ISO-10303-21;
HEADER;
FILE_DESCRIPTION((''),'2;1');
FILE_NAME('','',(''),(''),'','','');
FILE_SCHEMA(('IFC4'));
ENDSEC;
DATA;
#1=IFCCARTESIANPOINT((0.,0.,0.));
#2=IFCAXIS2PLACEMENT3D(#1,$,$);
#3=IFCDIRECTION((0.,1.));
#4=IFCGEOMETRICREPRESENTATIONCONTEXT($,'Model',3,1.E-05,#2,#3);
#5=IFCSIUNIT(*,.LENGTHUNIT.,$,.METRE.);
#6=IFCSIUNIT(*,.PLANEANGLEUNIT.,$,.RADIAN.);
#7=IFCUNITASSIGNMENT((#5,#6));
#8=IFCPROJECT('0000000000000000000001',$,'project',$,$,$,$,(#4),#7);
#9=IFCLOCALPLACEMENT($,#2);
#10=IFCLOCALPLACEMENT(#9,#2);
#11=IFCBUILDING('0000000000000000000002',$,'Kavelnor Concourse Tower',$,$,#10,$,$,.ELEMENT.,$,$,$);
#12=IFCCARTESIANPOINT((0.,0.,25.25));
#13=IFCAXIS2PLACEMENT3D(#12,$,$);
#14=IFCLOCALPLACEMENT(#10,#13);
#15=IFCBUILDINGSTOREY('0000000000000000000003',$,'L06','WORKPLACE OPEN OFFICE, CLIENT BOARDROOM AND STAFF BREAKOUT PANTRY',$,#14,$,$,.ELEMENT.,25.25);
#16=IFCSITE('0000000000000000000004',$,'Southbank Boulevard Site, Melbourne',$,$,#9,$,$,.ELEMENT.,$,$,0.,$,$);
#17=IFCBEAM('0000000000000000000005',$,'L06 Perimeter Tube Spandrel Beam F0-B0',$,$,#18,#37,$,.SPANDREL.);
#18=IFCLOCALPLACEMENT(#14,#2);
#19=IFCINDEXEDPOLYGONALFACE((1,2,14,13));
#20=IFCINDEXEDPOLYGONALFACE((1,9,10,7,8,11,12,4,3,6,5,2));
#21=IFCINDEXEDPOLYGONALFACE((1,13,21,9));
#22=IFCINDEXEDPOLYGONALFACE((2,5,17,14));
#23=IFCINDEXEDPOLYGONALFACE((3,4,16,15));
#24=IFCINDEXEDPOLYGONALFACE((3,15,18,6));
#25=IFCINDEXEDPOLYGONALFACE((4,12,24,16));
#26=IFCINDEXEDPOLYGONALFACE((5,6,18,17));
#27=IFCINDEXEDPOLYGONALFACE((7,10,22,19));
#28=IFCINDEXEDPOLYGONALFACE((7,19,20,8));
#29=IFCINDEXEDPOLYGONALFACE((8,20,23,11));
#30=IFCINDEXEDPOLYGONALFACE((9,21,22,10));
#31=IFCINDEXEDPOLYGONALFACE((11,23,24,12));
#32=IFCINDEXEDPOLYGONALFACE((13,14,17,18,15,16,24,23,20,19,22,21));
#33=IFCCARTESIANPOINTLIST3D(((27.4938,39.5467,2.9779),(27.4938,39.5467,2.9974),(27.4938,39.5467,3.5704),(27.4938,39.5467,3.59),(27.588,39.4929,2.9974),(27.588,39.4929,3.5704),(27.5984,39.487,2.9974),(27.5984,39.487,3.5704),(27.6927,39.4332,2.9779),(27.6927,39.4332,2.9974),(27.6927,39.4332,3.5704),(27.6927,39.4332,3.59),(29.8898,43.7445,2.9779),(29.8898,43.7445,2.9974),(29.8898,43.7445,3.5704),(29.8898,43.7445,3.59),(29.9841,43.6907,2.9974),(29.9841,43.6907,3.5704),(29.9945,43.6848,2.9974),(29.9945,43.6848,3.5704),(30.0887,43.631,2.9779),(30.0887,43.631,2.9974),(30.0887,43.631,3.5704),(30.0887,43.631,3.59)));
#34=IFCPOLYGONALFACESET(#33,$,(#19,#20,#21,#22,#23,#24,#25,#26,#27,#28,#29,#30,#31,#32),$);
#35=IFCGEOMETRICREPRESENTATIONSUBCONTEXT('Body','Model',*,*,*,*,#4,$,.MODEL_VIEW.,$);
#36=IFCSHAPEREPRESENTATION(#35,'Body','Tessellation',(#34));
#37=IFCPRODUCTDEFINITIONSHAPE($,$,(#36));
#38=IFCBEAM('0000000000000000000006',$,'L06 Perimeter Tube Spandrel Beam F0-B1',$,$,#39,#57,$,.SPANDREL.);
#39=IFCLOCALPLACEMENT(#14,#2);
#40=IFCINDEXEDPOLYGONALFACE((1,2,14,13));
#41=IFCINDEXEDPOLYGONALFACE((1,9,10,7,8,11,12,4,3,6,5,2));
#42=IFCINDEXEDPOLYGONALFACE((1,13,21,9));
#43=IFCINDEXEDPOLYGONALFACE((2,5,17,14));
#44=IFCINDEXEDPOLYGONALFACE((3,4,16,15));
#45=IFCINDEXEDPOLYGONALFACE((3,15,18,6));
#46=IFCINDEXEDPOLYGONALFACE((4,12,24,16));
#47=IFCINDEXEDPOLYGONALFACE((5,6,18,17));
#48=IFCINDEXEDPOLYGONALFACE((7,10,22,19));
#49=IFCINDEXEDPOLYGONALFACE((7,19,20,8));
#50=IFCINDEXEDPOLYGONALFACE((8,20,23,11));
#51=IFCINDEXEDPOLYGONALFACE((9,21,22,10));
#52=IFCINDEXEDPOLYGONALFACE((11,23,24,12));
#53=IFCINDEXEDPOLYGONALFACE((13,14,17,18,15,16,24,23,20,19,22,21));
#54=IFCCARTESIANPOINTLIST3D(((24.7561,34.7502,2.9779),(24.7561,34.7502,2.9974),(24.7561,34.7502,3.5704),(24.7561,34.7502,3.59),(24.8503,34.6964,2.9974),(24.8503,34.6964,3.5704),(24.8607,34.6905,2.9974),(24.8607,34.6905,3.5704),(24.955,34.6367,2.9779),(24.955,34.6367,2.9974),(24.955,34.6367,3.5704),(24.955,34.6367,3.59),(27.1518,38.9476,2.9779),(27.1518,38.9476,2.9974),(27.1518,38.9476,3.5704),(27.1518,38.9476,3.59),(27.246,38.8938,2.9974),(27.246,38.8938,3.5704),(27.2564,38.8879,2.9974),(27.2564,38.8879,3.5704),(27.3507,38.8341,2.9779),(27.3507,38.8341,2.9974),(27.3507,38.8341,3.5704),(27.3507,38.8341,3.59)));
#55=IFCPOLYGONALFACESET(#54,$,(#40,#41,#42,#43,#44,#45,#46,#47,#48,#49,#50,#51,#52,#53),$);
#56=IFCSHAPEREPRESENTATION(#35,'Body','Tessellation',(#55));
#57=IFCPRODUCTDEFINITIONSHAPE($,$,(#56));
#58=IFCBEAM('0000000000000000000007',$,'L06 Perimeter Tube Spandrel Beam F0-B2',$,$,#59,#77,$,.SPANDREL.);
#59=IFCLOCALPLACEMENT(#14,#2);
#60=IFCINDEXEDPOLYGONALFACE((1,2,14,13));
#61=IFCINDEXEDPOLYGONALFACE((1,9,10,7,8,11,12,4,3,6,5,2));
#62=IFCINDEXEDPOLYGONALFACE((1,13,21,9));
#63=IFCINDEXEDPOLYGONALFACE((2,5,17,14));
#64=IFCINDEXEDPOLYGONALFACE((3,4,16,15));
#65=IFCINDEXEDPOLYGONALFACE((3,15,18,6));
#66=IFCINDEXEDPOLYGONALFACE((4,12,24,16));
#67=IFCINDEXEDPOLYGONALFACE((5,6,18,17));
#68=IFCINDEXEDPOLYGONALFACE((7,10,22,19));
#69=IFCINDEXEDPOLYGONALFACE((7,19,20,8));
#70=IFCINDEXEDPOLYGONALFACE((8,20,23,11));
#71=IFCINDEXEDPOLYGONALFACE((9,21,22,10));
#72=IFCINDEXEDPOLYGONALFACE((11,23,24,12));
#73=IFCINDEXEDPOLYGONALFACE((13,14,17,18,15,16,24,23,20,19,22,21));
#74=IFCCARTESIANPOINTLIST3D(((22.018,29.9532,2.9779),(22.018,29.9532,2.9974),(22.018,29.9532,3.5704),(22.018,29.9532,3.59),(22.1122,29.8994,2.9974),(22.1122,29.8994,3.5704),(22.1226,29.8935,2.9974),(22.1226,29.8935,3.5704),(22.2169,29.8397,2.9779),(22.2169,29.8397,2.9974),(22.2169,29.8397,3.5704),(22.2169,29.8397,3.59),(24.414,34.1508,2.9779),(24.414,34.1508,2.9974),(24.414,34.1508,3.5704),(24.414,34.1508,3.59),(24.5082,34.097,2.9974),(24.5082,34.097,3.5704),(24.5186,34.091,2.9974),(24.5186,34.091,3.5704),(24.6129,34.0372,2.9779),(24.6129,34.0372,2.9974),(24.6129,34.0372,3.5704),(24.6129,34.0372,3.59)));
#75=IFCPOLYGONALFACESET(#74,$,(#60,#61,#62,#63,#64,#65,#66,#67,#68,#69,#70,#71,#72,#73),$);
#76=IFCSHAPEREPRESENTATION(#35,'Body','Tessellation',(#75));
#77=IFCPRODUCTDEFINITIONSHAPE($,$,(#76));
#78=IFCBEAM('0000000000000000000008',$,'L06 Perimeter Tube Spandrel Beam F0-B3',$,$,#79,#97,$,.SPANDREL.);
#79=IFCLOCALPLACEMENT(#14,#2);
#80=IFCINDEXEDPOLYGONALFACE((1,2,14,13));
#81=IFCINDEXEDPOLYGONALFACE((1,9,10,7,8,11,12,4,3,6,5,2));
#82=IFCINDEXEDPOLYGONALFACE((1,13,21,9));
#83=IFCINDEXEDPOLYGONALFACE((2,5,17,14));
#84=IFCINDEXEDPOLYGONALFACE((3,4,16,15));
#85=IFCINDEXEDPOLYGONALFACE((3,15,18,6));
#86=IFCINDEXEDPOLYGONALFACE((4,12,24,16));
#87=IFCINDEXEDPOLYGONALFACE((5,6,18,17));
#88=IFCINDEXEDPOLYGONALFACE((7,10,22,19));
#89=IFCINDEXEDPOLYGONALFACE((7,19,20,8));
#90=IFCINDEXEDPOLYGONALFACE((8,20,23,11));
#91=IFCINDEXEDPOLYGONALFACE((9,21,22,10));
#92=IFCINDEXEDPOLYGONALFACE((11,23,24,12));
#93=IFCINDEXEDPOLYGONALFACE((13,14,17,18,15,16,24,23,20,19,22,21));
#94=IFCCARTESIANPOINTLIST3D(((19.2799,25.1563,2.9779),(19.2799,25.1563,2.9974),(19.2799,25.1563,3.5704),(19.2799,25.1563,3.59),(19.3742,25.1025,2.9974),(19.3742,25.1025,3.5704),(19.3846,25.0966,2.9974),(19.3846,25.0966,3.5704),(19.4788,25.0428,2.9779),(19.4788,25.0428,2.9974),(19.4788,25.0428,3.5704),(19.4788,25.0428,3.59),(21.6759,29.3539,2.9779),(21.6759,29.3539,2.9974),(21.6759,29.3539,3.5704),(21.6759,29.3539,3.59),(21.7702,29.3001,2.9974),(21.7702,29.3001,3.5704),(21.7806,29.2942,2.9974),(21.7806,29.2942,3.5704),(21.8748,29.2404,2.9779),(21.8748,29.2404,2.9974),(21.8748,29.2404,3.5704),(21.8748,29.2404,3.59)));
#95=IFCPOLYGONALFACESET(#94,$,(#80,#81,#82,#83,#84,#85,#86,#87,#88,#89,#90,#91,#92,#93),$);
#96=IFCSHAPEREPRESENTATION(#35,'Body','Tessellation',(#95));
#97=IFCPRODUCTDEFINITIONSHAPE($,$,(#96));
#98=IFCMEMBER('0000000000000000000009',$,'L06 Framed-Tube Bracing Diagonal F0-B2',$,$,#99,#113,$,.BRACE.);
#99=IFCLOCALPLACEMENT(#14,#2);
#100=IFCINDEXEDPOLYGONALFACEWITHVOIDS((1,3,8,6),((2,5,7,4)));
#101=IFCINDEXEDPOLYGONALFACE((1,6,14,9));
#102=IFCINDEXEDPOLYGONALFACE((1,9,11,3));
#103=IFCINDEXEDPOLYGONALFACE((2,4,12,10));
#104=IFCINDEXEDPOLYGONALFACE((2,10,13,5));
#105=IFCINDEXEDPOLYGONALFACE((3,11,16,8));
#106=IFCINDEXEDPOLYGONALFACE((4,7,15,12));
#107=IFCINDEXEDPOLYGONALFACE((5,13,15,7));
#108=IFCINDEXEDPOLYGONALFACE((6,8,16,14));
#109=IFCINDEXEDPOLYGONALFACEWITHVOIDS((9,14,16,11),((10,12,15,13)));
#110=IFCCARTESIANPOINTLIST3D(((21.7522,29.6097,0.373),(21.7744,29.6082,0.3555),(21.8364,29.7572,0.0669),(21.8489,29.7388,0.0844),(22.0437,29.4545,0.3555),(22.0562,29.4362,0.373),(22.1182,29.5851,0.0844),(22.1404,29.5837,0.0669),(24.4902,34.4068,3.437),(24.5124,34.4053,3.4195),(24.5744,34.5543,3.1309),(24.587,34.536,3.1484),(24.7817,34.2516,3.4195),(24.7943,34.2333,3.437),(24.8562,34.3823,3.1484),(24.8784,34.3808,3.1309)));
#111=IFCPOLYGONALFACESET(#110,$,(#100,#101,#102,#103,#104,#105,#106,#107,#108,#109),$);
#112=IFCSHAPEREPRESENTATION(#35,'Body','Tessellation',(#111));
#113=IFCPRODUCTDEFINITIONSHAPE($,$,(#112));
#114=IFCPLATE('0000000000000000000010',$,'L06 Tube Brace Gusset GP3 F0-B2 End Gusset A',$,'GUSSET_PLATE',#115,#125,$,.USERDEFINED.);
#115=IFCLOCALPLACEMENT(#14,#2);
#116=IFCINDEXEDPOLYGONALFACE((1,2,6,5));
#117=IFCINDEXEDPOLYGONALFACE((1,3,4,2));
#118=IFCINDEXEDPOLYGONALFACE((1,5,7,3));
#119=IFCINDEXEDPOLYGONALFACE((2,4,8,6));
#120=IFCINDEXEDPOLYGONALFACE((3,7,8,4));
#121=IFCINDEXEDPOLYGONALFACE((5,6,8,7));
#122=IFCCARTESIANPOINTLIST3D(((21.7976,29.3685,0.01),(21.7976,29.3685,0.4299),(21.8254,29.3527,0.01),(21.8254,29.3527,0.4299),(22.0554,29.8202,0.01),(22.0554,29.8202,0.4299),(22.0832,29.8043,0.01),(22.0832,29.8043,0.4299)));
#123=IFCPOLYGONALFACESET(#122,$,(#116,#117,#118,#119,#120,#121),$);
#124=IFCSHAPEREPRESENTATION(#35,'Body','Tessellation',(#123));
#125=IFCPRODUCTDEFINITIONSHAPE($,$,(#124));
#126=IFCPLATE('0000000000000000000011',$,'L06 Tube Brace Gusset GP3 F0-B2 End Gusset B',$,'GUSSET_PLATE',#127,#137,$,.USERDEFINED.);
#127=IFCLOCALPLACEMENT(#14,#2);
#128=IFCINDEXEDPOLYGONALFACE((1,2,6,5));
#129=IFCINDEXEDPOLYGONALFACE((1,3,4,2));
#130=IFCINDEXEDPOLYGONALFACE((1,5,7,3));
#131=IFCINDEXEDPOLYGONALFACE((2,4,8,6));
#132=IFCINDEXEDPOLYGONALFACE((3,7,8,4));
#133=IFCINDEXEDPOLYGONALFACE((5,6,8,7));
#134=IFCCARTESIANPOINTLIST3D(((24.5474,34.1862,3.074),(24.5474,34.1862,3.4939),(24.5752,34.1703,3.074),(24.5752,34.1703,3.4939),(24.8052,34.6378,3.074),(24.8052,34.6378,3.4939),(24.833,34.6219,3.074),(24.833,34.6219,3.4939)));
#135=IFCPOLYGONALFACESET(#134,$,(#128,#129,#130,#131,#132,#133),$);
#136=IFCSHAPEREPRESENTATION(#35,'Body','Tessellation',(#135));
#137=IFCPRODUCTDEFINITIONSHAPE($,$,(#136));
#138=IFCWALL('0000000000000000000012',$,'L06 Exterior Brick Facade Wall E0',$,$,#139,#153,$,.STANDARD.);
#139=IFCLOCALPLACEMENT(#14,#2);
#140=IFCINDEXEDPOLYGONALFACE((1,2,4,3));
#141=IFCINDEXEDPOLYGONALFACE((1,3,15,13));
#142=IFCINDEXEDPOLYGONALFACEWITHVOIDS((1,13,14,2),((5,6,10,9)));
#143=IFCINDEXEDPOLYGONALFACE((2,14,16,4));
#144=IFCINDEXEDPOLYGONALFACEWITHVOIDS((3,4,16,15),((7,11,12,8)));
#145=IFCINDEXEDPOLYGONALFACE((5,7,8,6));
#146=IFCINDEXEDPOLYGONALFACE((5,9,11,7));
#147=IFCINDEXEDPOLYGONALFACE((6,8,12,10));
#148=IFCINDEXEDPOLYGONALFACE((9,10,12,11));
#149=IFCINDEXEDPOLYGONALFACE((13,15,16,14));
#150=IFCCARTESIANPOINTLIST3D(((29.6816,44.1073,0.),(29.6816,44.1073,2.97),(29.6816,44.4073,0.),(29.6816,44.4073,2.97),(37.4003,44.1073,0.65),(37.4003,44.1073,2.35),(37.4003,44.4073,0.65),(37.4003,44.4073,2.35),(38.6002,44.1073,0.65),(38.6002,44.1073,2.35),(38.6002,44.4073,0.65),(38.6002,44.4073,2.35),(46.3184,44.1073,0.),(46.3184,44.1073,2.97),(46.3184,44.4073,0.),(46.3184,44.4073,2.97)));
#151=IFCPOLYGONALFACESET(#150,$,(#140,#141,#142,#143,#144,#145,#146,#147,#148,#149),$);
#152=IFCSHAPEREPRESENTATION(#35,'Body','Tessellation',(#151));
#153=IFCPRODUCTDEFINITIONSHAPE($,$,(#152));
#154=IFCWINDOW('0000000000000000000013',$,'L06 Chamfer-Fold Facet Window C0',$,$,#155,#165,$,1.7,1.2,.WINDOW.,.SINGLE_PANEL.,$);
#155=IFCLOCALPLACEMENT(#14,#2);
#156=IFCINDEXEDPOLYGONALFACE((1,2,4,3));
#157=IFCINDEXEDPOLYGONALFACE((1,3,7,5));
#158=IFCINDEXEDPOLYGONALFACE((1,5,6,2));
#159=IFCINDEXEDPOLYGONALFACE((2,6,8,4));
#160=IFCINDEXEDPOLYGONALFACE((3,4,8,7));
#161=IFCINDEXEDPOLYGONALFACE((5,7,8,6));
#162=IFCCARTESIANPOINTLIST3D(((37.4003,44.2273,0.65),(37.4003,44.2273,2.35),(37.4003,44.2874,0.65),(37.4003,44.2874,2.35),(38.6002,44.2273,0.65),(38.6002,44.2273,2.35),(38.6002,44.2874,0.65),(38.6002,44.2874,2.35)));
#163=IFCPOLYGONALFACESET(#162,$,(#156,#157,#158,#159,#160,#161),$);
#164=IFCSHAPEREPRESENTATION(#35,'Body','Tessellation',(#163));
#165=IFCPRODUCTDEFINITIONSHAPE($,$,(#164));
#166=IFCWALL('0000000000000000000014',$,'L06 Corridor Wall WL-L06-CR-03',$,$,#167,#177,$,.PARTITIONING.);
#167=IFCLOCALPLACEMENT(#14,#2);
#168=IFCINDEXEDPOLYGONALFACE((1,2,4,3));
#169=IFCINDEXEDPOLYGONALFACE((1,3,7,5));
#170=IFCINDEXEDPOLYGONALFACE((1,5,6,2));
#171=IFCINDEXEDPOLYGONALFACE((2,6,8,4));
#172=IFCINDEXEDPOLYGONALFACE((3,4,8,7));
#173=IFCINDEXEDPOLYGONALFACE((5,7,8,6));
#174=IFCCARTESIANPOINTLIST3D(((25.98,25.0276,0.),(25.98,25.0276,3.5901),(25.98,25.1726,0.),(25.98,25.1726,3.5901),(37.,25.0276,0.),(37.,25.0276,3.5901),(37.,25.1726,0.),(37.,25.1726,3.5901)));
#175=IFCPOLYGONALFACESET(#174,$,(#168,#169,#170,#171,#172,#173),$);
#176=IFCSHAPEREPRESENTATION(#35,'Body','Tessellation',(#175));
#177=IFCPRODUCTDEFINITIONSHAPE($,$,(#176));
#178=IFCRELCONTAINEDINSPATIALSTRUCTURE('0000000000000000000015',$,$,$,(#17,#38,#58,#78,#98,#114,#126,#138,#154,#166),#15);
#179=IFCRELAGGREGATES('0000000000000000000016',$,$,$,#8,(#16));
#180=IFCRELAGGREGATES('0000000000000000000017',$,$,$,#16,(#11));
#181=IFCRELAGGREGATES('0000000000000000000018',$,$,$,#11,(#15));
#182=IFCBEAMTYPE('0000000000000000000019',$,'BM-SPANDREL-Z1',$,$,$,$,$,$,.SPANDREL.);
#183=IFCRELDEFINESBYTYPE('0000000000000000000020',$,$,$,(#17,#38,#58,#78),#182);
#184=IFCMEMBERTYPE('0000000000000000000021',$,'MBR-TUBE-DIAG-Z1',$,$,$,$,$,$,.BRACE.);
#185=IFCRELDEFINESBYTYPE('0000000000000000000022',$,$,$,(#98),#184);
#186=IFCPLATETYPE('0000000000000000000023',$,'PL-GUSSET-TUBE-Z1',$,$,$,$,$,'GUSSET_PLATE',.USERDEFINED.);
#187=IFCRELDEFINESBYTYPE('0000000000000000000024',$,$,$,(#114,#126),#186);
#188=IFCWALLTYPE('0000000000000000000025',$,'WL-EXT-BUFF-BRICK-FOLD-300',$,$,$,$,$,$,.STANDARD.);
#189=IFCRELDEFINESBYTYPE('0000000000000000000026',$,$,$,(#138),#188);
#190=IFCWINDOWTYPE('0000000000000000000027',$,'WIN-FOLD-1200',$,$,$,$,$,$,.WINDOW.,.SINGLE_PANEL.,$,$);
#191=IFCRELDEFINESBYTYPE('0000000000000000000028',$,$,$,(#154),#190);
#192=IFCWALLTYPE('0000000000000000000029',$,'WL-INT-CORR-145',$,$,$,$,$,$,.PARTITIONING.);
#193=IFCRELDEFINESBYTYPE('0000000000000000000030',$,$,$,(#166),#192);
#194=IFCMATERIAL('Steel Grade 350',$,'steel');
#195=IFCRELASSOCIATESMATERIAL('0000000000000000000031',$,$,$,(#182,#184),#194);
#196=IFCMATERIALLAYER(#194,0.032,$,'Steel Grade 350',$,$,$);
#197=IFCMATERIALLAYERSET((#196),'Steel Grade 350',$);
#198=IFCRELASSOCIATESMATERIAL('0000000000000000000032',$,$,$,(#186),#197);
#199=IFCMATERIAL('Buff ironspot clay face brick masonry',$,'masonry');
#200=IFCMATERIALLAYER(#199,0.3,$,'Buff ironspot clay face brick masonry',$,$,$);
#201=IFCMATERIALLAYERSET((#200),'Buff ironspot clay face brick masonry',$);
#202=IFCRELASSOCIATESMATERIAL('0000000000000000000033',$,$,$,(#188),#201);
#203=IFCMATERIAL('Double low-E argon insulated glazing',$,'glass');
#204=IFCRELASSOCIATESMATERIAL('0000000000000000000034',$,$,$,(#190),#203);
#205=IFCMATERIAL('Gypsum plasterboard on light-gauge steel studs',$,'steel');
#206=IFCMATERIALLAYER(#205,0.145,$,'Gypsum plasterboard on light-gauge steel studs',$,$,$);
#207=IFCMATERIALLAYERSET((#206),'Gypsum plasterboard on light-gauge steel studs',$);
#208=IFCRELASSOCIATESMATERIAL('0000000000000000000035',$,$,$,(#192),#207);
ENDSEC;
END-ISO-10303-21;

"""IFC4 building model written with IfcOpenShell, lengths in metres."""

from ifc_helpers import new_model, si_unit, direction, frame, frame_2d, origin, origin_2d, place, context, subcontext, project, spatial, rectangle, hollow_rectangle, i_section, extrude, material, layer, layer_set, material_profile, profile_set, type_object, element, fill, save


model = new_model("IFC4")

# Units and contexts
model_context = context("Model", 3, precision=1e-05, world=origin(), true_north=direction((0.0, 1.0)))
body_context = subcontext(model_context, "Body", "Model", "MODEL_VIEW")
ifc_project = project(units=[si_unit("LENGTHUNIT", "METRE"), si_unit("PLANEANGLEUNIT", "RADIAN")], contexts=[model_context])

# Site, building, storey
site_placement = place(None, origin())
site = spatial("IfcSite", under=ifc_project, at=site_placement, Name="Southbank Boulevard Site, Melbourne", CompositionType="ELEMENT", RefElevation=0.0)
building_placement = place(site_placement, origin())
building = spatial("IfcBuilding", under=site, at=building_placement, Name="Kavelnor Concourse Tower", CompositionType="ELEMENT")
storey_placement = place(building_placement, frame((0.0, 0.0, 25.25)))
storey = spatial("IfcBuildingStorey", under=building, at=storey_placement, Name="L06", Description="WORKPLACE OPEN OFFICE, CLIENT BOARDROOM AND STAFF BREAKOUT PANTRY", CompositionType="ELEMENT", Elevation=25.25)

# Shared definitions
ifc_material_1 = material(Name="Steel Grade 350", Category="steel")

# Beams
ifc_material_profile_1 = material_profile(ifc_material_1, i_section(OverallWidth=0.229, OverallDepth=0.6121, WebThickness=0.012, FlangeThickness=0.0195, at=origin_2d()), Name="610UB125")
ifc_profile_set_1 = profile_set([ifc_material_profile_1], Name="Steel Grade 350")
beam_type_1 = type_object("IfcBeamType", Name="BM-SPANDREL-Z1", PredefinedType="SPANDREL", material=ifc_profile_set_1)
beam_1_placement = place(storey_placement, frame((29.9893, 43.6877, 3.2839), z_axis=(-0.495715, -0.868485, 0.0), x_axis=(0.868485, -0.495715, 0.0)))
element("IfcBeam", 1, at=beam_1_placement, inside=storey, type_object=beam_type_1, Name="L06 Perimeter Tube Spandrel Beam F0-B0", PredefinedType="SPANDREL", context=body_context, shape_type="SweptSolid", body=[
    extrude(i_section(OverallWidth=0.229, OverallDepth=0.6121, WebThickness=0.012, FlangeThickness=0.0195, at=origin_2d()), origin(), (0.0, 0.0, 1.0), 4.8335),
])
beam_2_placement = place(storey_placement, frame((27.2512, 38.8909, 3.2839), z_axis=(-0.495698, -0.868495, 0.0), x_axis=(0.868495, -0.495698, 0.0)))
element("IfcBeam", 2, at=beam_2_placement, inside=storey, type_object=beam_type_1, Name="L06 Perimeter Tube Spandrel Beam F0-B1", PredefinedType="SPANDREL", context=body_context, shape_type="SweptSolid", body=[
    extrude(i_section(OverallWidth=0.229, OverallDepth=0.6121, WebThickness=0.012, FlangeThickness=0.0195, at=origin_2d()), origin(), (0.0, 0.0, 1.0), 4.833),
])
for number, where, z_axis, x_axis, name in (
    (3, (24.5134, 34.094, 3.2839), (-0.495736, -0.868473, 0.0), (0.868473, -0.495736, 0.0), "L06 Perimeter Tube Spandrel Beam F0-B2"),
    (4, (21.7754, 29.2971, 3.2839), (-0.495736, -0.868473, 0.0), (0.868473, -0.495736, 0.0), "L06 Perimeter Tube Spandrel Beam F0-B3"),
):
    element("IfcBeam", number, at=place(storey_placement, frame(where, z_axis=z_axis, x_axis=x_axis)), inside=storey, type_object=beam_type_1, Name=name, PredefinedType="SPANDREL", context=body_context, shape_type="SweptSolid", body=[
        extrude(i_section(OverallWidth=0.229, OverallDepth=0.6121, WebThickness=0.012, FlangeThickness=0.0195, at=origin_2d()), origin(), (0.0, 0.0, 1.0), 4.8333),
    ])

# Member
ifc_material_profile_2 = material_profile(ifc_material_1, hollow_rectangle(XDim=0.3501, YDim=0.3501, WallThickness=0.02, at=origin_2d()), Name="SHS 350x350x20")
ifc_profile_set_2 = profile_set([ifc_material_profile_2], Name="Steel Grade 350")
member_type = type_object("IfcMemberType", Name="MBR-TUBE-DIAG-Z1", PredefinedType="BRACE", material=ifc_profile_set_2)
member_placement = place(storey_placement, frame((21.9463, 29.5967, 0.22), z_axis=(0.43348, 0.759469, 0.48508), x_axis=(-0.868491, 0.495706, 0.0)))
element("IfcMember", 5, at=member_placement, inside=storey, type_object=member_type, Name="L06 Framed-Tube Bracing Diagonal F0-B2", PredefinedType="BRACE", context=body_context, shape_type="SweptSolid", body=[
    extrude(hollow_rectangle(XDim=0.3501, YDim=0.3501, WallThickness=0.02, at=origin_2d()), origin(), (0.0, 0.0, 1.0), 6.3164),
])

# Plates
ifc_layer_1 = layer(ifc_material_1, 0.032, Name="Steel Grade 350")
ifc_layer_set_1 = layer_set([ifc_layer_1], Name="Steel Grade 350")
plate_type = type_object("IfcPlateType", Name="PL-GUSSET-TUBE-Z1", ElementType="GUSSET_PLATE", PredefinedType="USERDEFINED", material=ifc_layer_set_1)
for number, where, z_axis, x_axis, name in (
    (6, (21.9404, 29.5864, 0.01), (0.0, 0.0, 1.0), (0.495762, 0.868459, 0.0), "L06 Tube Brace Gusset GP3 F0-B2 End Gusset A"),
    (7, (24.6902, 34.4041, 3.074), (0.0, 0.0, 1.0), (0.495762, 0.868459, 0.0), "L06 Tube Brace Gusset GP3 F0-B2 End Gusset B"),
):
    element("IfcPlate", number, at=place(storey_placement, frame(where, z_axis=z_axis, x_axis=x_axis)), inside=storey, type_object=plate_type, Name=name, ObjectType="GUSSET_PLATE", PredefinedType="USERDEFINED", context=body_context, shape_type="SweptSolid", body=[
        extrude(rectangle(XDim=0.52, YDim=0.032, at=origin_2d()), origin(), (0.0, 0.0, 1.0), 0.4199),
    ])

# Wall, opening, window
ifc_material_2 = material(Name="Buff ironspot clay face brick masonry", Category="masonry")
ifc_layer_2 = layer(ifc_material_2, 0.3, Name="Buff ironspot clay face brick masonry")
ifc_layer_set_2 = layer_set([ifc_layer_2], Name="Buff ironspot clay face brick masonry")
wall_type_1 = type_object("IfcWallType", Name="WL-EXT-BUFF-BRICK-FOLD-300", PredefinedType="STANDARD", material=ifc_layer_set_2)
wall_1_placement = place(storey_placement, frame((29.6816, 44.2573, 0.0), z_axis=(0.0, 0.0, 1.0), x_axis=(1.0, 0.0, 0.0)))
wall_1 = element("IfcWall", 8, at=wall_1_placement, inside=storey, type_object=wall_type_1, Name="L06 Exterior Brick Facade Wall E0", PredefinedType="STANDARD", context=body_context, shape_type="SweptSolid", body=[
    extrude(rectangle(XDim=16.6367, YDim=0.3, at=frame_2d((8.3184, 0.0))), origin(), (0.0, 0.0, 1.0), 2.97),
])
opening_placement = place(wall_1_placement, frame((7.7185, 0.0, 0.6499)))
opening = element("IfcOpeningElement", 9, at=opening_placement, cuts=wall_1, PredefinedType="OPENING", context=body_context, shape_type="SweptSolid", body=[
    extrude(rectangle(XDim=1.2, YDim=1.7, at=frame_2d((0.6001, 0.8501))), frame((0.0, 0.1602, 0.0), z_axis=(0.0, -1.0, 0.0), x_axis=(1.0, 0.0, 0.0)), (0.0, 0.0, 1.0), 0.3201),
])
ifc_material_3 = material(Name="Double low-E argon insulated glazing", Category="glass")
window_type = type_object("IfcWindowType", Name="WIN-FOLD-1200", PartitioningType="SINGLE_PANEL", PredefinedType="WINDOW", material=ifc_material_3)
window_placement = place(opening_placement, origin())
window = element("IfcWindow", 10, at=window_placement, inside=storey, type_object=window_type, Name="L06 Chamfer-Fold Facet Window C0", OverallHeight=1.7, OverallWidth=1.2, PartitioningType="SINGLE_PANEL", PredefinedType="WINDOW", context=body_context, shape_type="SweptSolid", body=[
    extrude(rectangle(XDim=1.2, YDim=1.7, at=frame_2d((0.6001, 0.8501))), frame((0.0, 0.03, 0.0), z_axis=(0.0, -1.0, 0.0), x_axis=(1.0, 0.0, 0.0)), (0.0, 0.0, 1.0), 0.0601),
])
fill(opening, window)

# Wall
ifc_material_4 = material(Name="Gypsum plasterboard on light-gauge steel studs", Category="steel")
ifc_layer_3 = layer(ifc_material_4, 0.145, Name="Gypsum plasterboard on light-gauge steel studs")
ifc_layer_set_3 = layer_set([ifc_layer_3], Name="Gypsum plasterboard on light-gauge steel studs")
wall_type_2 = type_object("IfcWallType", Name="WL-INT-CORR-145", PredefinedType="PARTITIONING", material=ifc_layer_set_3)
wall_2_placement = place(storey_placement, frame((25.98, 25.1001, 0.0), z_axis=(0.0, 0.0, 1.0), x_axis=(1.0, 0.0, 0.0)))
element("IfcWall", 11, at=wall_2_placement, inside=storey, type_object=wall_type_2, Name="L06 Corridor Wall WL-L06-CR-03", PredefinedType="PARTITIONING", context=body_context, shape_type="SweptSolid", body=[
    extrude(rectangle(XDim=11.02, YDim=0.145, at=frame_2d((5.51, 0.0))), origin(), (0.0, 0.0, 1.0), 3.5901),
])

save(model, "model.ifc")
